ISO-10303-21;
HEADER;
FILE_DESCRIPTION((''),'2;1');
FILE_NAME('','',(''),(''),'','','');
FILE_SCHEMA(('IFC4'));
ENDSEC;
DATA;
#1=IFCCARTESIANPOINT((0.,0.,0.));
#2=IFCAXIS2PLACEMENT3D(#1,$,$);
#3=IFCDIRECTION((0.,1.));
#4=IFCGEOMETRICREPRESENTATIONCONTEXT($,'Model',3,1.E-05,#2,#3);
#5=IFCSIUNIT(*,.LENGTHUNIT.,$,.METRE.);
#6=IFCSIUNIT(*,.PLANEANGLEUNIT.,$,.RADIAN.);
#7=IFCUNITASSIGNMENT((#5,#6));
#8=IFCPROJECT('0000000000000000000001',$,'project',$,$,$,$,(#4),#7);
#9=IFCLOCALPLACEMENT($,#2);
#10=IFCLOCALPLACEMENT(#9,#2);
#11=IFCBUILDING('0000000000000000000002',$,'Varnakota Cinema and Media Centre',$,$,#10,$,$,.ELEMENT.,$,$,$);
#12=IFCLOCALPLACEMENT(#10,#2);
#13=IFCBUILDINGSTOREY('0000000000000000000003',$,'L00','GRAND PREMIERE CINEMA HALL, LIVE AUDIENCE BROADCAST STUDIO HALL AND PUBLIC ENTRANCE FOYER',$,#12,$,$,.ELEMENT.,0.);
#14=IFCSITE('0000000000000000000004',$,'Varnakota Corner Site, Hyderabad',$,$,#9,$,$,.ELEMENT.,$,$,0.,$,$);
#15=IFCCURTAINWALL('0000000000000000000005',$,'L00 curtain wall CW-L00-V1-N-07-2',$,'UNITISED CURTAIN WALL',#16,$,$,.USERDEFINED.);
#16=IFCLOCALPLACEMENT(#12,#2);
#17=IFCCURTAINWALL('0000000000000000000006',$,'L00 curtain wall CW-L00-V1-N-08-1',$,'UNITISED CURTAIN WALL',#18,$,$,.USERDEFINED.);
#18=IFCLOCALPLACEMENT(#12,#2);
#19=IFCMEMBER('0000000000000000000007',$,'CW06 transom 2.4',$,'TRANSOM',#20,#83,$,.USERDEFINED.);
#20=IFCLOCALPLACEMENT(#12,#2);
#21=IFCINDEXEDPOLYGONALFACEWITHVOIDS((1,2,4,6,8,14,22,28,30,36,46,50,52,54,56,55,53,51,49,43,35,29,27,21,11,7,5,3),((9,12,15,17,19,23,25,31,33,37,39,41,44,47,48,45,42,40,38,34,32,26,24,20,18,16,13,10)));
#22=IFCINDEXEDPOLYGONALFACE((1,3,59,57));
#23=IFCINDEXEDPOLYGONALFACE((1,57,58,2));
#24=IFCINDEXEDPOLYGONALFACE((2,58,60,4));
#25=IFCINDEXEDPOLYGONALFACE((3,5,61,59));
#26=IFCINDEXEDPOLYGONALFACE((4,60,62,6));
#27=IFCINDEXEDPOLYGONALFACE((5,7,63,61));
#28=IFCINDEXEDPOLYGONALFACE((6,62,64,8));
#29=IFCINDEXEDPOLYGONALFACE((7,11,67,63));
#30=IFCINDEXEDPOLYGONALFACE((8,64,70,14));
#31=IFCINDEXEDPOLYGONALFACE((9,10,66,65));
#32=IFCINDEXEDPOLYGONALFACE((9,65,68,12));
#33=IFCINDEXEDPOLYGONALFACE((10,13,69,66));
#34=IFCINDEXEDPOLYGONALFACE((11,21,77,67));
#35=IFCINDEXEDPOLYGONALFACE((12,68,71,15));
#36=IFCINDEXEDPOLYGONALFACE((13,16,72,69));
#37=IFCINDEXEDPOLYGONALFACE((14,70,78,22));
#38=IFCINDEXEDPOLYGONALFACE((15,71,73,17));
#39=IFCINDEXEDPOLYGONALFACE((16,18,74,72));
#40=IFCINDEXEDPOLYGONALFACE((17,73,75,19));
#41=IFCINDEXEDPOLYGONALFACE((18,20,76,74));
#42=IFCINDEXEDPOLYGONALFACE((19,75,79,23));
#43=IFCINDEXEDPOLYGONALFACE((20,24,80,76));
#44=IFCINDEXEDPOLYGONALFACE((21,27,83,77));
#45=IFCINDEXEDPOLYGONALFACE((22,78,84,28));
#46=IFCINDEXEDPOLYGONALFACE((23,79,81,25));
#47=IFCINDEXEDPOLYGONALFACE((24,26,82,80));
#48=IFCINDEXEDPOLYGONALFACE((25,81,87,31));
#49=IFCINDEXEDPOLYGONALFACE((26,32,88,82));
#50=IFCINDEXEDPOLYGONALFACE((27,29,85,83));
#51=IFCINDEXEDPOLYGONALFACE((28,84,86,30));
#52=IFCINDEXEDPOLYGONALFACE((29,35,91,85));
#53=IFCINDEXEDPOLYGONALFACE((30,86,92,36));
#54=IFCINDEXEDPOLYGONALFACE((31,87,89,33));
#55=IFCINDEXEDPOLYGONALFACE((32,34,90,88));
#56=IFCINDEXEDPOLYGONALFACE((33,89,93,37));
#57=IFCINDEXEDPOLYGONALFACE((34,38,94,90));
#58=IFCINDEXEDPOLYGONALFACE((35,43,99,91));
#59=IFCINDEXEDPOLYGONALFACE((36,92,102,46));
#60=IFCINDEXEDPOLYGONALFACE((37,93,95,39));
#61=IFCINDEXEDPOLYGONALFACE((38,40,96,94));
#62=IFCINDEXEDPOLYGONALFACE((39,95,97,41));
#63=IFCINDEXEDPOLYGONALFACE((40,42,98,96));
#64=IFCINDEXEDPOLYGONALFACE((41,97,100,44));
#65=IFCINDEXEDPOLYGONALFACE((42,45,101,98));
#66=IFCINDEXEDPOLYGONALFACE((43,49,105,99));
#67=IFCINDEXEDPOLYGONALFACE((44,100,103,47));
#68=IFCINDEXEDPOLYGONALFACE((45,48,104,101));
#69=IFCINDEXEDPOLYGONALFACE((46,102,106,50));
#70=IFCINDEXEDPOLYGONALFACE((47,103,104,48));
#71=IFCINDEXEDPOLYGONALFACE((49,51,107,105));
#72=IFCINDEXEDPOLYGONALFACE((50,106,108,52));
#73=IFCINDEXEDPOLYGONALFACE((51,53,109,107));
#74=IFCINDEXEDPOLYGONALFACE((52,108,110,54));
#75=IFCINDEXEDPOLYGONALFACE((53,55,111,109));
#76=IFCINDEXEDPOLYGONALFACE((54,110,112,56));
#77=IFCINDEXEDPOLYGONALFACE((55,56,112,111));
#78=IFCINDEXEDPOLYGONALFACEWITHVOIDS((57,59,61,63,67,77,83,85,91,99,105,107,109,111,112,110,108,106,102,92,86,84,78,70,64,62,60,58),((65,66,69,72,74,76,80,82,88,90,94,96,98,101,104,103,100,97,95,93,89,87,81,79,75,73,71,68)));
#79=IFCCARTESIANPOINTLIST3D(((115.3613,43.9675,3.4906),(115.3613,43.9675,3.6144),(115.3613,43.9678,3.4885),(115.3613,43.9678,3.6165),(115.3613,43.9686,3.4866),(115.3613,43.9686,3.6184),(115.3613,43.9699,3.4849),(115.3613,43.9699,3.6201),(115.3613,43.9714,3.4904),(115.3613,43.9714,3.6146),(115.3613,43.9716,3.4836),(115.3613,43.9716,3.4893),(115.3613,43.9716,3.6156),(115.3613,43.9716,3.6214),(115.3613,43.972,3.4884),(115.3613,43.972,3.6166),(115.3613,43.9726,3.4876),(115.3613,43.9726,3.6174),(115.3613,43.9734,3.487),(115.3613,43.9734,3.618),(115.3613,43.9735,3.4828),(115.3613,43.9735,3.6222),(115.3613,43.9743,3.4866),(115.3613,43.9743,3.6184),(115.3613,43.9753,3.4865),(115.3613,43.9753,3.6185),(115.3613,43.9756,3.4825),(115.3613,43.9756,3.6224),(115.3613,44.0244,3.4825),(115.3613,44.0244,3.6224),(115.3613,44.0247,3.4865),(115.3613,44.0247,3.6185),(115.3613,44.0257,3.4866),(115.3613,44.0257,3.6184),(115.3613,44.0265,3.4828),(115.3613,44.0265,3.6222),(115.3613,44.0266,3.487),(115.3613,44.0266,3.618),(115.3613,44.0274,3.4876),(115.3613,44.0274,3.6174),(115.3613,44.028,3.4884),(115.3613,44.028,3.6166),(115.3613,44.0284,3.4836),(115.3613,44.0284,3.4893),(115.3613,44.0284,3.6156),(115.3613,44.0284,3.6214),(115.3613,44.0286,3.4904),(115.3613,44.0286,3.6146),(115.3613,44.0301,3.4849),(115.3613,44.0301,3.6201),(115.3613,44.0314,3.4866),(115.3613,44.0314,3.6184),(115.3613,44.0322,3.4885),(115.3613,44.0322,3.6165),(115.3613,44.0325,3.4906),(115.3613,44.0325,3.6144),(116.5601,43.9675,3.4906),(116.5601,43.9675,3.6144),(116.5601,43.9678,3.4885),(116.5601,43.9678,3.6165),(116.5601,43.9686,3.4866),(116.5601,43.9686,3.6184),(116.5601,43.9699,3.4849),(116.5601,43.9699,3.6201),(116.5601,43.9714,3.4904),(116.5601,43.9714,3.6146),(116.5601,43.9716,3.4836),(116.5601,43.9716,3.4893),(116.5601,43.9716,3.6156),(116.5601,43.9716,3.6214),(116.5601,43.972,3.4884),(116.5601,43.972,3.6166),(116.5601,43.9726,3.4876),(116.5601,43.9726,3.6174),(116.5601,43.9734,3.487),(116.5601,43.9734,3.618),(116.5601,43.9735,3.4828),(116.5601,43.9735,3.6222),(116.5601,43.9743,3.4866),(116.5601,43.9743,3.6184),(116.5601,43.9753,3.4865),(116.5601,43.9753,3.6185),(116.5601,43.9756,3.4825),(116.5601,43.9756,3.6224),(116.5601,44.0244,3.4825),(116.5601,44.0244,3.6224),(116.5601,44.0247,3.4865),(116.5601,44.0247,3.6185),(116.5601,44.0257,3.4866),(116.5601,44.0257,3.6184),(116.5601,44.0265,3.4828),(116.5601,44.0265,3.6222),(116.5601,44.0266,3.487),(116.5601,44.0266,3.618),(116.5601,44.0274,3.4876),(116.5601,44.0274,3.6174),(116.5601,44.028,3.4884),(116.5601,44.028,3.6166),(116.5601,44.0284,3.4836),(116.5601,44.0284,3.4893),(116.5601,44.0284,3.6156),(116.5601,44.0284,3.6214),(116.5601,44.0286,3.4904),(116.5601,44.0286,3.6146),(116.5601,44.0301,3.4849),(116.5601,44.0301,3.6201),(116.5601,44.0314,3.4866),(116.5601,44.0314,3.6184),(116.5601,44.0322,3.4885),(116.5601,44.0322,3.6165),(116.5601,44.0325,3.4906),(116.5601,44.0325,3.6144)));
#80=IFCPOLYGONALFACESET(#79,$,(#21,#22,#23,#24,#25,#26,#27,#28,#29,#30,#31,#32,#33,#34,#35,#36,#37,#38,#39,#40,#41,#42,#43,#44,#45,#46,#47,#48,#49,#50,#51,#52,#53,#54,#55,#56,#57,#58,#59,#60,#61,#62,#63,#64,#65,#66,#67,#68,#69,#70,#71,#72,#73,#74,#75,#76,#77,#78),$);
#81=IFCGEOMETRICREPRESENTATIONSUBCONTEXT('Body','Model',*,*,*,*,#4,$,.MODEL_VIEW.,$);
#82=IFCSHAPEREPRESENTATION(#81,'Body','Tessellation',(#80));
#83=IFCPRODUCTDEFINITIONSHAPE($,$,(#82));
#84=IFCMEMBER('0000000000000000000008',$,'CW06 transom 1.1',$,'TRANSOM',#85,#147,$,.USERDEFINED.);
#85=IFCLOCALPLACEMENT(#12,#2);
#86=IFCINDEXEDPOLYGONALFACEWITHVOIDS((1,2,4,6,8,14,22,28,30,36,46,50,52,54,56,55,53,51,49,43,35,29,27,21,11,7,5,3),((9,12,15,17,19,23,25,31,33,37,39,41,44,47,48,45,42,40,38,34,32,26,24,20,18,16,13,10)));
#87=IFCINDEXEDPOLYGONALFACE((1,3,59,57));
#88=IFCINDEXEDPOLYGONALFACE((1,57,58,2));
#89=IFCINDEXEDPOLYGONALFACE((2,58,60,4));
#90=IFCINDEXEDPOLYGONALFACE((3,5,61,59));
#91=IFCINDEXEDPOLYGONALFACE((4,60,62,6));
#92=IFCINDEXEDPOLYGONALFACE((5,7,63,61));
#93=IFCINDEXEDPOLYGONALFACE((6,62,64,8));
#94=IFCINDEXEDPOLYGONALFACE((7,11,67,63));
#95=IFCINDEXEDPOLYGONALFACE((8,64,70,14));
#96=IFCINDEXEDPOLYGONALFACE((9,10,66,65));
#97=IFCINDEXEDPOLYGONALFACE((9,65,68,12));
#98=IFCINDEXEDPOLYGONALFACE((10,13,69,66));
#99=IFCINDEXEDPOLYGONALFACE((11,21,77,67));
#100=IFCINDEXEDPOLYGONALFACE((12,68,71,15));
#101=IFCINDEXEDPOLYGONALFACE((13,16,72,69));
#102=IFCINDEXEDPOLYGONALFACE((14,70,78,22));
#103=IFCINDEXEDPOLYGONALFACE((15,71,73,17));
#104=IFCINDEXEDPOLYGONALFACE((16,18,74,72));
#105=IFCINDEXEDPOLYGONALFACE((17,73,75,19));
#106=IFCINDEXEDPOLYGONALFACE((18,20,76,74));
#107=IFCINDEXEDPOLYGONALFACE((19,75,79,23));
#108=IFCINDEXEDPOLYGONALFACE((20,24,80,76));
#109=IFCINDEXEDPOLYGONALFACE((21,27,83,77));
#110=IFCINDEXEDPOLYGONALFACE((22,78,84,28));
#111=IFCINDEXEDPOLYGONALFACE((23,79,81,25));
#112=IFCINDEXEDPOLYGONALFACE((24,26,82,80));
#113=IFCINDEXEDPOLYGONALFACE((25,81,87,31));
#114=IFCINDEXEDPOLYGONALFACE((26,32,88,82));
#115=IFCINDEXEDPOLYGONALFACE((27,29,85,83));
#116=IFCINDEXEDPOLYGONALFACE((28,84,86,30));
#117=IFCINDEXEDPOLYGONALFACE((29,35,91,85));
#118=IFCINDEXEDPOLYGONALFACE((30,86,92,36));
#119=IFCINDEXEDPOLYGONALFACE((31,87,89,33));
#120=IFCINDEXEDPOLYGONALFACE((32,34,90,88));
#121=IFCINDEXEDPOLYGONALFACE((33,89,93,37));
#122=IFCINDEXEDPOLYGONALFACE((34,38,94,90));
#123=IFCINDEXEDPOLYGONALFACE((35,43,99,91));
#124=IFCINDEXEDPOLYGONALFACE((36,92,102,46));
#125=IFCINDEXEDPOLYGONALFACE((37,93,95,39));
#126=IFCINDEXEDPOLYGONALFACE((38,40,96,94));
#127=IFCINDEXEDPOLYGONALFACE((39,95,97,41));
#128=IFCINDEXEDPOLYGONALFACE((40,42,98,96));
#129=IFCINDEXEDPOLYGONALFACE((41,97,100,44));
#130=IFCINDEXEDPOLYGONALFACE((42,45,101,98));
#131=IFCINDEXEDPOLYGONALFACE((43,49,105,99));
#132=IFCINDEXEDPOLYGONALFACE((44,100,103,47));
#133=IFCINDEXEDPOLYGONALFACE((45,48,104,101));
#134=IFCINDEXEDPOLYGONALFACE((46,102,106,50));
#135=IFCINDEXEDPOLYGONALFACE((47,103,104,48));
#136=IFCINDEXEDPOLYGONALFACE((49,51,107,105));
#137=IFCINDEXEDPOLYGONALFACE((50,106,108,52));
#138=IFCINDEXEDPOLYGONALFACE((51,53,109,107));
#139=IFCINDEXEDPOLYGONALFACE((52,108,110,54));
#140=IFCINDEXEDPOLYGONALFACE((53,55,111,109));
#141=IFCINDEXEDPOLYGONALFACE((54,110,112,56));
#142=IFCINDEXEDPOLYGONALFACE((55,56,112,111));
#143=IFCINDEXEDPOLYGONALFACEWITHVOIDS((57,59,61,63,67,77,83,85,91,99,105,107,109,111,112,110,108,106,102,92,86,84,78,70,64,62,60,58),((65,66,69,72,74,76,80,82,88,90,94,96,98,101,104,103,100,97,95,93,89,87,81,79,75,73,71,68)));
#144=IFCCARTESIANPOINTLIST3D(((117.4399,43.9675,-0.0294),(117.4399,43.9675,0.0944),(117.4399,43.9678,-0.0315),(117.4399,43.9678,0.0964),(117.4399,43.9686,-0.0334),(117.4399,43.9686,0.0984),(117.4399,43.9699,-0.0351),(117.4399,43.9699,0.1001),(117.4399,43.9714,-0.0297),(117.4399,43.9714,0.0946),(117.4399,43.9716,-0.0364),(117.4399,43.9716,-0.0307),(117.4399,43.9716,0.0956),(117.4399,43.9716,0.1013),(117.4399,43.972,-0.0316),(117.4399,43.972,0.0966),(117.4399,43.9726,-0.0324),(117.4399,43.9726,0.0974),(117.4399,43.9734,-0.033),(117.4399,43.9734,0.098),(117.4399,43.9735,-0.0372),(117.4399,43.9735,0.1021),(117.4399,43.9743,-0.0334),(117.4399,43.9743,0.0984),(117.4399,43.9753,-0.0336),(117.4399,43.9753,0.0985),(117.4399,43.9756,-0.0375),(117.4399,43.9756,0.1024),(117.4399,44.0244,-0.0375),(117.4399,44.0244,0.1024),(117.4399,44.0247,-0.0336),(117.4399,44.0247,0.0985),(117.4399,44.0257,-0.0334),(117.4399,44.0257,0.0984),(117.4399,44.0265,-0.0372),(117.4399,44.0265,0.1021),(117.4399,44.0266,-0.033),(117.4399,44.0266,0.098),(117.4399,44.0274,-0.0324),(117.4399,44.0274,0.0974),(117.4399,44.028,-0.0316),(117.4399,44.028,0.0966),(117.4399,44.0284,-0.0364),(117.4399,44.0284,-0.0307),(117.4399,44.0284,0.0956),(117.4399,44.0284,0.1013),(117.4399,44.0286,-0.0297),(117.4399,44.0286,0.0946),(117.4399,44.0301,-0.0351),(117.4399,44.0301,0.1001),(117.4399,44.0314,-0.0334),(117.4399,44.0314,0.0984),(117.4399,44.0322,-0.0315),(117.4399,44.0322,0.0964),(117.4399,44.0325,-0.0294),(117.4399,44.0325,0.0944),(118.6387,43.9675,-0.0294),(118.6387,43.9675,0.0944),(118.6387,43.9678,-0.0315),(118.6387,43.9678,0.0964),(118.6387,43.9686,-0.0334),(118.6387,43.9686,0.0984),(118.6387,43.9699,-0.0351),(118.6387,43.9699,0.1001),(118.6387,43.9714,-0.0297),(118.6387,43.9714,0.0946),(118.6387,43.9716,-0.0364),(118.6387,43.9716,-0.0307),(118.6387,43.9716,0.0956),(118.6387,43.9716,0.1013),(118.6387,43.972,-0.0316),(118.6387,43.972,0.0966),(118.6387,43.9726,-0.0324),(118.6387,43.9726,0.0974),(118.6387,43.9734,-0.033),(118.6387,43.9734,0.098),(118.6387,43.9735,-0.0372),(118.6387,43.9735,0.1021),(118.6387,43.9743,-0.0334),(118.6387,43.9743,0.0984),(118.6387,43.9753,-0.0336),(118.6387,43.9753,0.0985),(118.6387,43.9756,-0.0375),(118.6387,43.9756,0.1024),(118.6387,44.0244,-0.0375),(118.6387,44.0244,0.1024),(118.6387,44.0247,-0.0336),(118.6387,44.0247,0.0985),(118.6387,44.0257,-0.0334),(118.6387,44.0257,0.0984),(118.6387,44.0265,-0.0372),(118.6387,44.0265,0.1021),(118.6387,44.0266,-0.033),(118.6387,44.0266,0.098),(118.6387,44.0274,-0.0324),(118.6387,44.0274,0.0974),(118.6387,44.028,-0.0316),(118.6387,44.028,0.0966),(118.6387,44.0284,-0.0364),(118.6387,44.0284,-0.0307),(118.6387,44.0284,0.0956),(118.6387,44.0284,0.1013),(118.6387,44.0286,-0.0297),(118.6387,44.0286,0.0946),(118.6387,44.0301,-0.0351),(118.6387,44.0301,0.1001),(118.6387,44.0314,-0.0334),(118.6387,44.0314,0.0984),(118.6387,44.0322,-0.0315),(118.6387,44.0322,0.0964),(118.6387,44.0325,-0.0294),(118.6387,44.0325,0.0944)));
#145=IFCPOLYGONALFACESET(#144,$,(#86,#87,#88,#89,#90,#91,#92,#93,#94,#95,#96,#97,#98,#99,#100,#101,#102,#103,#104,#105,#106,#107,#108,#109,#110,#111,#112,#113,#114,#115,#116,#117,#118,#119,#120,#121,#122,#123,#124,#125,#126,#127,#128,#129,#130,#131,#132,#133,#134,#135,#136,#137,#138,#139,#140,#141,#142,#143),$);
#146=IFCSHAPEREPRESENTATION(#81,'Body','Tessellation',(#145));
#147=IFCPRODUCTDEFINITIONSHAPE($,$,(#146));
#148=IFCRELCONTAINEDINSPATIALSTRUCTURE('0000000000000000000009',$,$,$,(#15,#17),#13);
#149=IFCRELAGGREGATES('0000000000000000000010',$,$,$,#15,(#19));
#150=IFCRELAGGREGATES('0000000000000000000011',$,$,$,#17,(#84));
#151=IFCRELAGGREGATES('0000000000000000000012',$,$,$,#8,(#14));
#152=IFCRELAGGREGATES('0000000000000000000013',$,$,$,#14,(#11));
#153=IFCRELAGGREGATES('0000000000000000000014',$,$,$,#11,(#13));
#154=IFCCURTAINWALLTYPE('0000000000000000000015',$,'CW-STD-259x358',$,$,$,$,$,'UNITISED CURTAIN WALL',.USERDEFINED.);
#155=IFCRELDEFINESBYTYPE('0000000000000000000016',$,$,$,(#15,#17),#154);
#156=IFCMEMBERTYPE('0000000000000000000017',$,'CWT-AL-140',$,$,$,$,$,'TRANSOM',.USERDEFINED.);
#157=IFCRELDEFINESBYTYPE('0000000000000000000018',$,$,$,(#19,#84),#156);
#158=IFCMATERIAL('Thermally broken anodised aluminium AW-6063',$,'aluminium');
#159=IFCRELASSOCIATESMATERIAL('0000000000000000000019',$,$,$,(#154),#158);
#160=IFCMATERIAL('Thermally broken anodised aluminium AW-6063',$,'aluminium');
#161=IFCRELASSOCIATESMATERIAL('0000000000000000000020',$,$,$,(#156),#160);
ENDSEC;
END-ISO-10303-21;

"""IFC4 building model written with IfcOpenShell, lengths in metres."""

from ifc_helpers import new_model, si_unit, direction, frame, origin, origin_2d, place, context, subcontext, project, spatial, hollow_rectangle, extrude, material, material_profile, profile_set, type_object, element, aggregate, save


model = new_model("IFC4")

# Units and contexts
model_context = context("Model", 3, precision=1e-05, world=origin(), true_north=direction((0.0, 1.0)))
body_context = subcontext(model_context, "Body", "Model", "MODEL_VIEW")
ifc_project = project(units=[si_unit("LENGTHUNIT", "METRE"), si_unit("PLANEANGLEUNIT", "RADIAN")], contexts=[model_context])

# Site, building, storey
site_placement = place(None, origin())
site = spatial("IfcSite", under=ifc_project, at=site_placement, Name="Varnakota Corner Site, Hyderabad", CompositionType="ELEMENT", RefElevation=0.0)
building_placement = place(site_placement, origin())
building = spatial("IfcBuilding", under=site, at=building_placement, Name="Varnakota Cinema and Media Centre", CompositionType="ELEMENT")
storey_placement = place(building_placement, origin())
storey = spatial("IfcBuildingStorey", under=building, at=storey_placement, Name="L00", Description="GRAND PREMIERE CINEMA HALL, LIVE AUDIENCE BROADCAST STUDIO HALL AND PUBLIC ENTRANCE FOYER", CompositionType="ELEMENT", Elevation=0.0)

# Curtain walls
ifc_material_1 = material(Name="Thermally broken anodised aluminium AW-6063", Category="aluminium")
curtain_wall_type = type_object("IfcCurtainWallType", Name="CW-STD-259x358", ElementType="UNITISED CURTAIN WALL", PredefinedType="USERDEFINED", material=ifc_material_1)
curtain_wall_1_placement = place(storey_placement, origin())
curtain_wall_1 = element("IfcCurtainWall", 1, at=curtain_wall_1_placement, inside=storey, type_object=curtain_wall_type, Name="L00 curtain wall CW-L00-V1-N-07-2", ObjectType="UNITISED CURTAIN WALL", PredefinedType="USERDEFINED")
curtain_wall_2_placement = place(storey_placement, origin())
curtain_wall_2 = element("IfcCurtainWall", 2, at=curtain_wall_2_placement, inside=storey, type_object=curtain_wall_type, Name="L00 curtain wall CW-L00-V1-N-08-1", ObjectType="UNITISED CURTAIN WALL", PredefinedType="USERDEFINED")

# Members
ifc_material_2 = material(Name="Thermally broken anodised aluminium AW-6063", Category="aluminium")
ifc_material_profile_1 = material_profile(ifc_material_2, hollow_rectangle(XDim=0.0649, YDim=0.1399, WallThickness=0.0039, InnerFilletRadius=0.0039, OuterFilletRadius=0.0081, at=origin_2d()), Name="AL-TRANSOM 140x65x4")
ifc_profile_set_1 = profile_set([ifc_material_profile_1], Name="Thermally broken anodised aluminium AW-6063")
member_type_1 = type_object("IfcMemberType", Name="CWT-AL-140", ElementType="TRANSOM", PredefinedType="USERDEFINED", material=ifc_profile_set_1)
member_1_placement = place(storey_placement, frame((115.3613, 44.0, 3.5525), z_axis=(1.0, 0.0, 0.0), x_axis=(0.0, 1.0, 0.0)))
member_1 = element("IfcMember", 3, at=member_1_placement, type_object=member_type_1, Name="CW06 transom 2.4", ObjectType="TRANSOM", PredefinedType="USERDEFINED", context=body_context, shape_type="SweptSolid", body=[
    extrude(hollow_rectangle(XDim=0.0649, YDim=0.1399, WallThickness=0.0039, InnerFilletRadius=0.0039, OuterFilletRadius=0.0081, at=origin_2d()), origin(), (0.0, 0.0, 1.0), 1.1987),
])
member_2_placement = place(storey_placement, frame((117.4399, 44.0, 0.0325), z_axis=(1.0, 0.0, 0.0), x_axis=(0.0, 1.0, 0.0)))
member_2 = element("IfcMember", 4, at=member_2_placement, type_object=member_type_1, Name="CW06 transom 1.1", ObjectType="TRANSOM", PredefinedType="USERDEFINED", context=body_context, shape_type="SweptSolid", body=[
    extrude(hollow_rectangle(XDim=0.0649, YDim=0.1399, WallThickness=0.0039, InnerFilletRadius=0.0039, OuterFilletRadius=0.0081, at=origin_2d()), origin(), (0.0, 0.0, 1.0), 1.1987),
])

aggregate(curtain_wall_1, [member_1])
aggregate(curtain_wall_2, [member_2])

save(model, "model.ifc")
